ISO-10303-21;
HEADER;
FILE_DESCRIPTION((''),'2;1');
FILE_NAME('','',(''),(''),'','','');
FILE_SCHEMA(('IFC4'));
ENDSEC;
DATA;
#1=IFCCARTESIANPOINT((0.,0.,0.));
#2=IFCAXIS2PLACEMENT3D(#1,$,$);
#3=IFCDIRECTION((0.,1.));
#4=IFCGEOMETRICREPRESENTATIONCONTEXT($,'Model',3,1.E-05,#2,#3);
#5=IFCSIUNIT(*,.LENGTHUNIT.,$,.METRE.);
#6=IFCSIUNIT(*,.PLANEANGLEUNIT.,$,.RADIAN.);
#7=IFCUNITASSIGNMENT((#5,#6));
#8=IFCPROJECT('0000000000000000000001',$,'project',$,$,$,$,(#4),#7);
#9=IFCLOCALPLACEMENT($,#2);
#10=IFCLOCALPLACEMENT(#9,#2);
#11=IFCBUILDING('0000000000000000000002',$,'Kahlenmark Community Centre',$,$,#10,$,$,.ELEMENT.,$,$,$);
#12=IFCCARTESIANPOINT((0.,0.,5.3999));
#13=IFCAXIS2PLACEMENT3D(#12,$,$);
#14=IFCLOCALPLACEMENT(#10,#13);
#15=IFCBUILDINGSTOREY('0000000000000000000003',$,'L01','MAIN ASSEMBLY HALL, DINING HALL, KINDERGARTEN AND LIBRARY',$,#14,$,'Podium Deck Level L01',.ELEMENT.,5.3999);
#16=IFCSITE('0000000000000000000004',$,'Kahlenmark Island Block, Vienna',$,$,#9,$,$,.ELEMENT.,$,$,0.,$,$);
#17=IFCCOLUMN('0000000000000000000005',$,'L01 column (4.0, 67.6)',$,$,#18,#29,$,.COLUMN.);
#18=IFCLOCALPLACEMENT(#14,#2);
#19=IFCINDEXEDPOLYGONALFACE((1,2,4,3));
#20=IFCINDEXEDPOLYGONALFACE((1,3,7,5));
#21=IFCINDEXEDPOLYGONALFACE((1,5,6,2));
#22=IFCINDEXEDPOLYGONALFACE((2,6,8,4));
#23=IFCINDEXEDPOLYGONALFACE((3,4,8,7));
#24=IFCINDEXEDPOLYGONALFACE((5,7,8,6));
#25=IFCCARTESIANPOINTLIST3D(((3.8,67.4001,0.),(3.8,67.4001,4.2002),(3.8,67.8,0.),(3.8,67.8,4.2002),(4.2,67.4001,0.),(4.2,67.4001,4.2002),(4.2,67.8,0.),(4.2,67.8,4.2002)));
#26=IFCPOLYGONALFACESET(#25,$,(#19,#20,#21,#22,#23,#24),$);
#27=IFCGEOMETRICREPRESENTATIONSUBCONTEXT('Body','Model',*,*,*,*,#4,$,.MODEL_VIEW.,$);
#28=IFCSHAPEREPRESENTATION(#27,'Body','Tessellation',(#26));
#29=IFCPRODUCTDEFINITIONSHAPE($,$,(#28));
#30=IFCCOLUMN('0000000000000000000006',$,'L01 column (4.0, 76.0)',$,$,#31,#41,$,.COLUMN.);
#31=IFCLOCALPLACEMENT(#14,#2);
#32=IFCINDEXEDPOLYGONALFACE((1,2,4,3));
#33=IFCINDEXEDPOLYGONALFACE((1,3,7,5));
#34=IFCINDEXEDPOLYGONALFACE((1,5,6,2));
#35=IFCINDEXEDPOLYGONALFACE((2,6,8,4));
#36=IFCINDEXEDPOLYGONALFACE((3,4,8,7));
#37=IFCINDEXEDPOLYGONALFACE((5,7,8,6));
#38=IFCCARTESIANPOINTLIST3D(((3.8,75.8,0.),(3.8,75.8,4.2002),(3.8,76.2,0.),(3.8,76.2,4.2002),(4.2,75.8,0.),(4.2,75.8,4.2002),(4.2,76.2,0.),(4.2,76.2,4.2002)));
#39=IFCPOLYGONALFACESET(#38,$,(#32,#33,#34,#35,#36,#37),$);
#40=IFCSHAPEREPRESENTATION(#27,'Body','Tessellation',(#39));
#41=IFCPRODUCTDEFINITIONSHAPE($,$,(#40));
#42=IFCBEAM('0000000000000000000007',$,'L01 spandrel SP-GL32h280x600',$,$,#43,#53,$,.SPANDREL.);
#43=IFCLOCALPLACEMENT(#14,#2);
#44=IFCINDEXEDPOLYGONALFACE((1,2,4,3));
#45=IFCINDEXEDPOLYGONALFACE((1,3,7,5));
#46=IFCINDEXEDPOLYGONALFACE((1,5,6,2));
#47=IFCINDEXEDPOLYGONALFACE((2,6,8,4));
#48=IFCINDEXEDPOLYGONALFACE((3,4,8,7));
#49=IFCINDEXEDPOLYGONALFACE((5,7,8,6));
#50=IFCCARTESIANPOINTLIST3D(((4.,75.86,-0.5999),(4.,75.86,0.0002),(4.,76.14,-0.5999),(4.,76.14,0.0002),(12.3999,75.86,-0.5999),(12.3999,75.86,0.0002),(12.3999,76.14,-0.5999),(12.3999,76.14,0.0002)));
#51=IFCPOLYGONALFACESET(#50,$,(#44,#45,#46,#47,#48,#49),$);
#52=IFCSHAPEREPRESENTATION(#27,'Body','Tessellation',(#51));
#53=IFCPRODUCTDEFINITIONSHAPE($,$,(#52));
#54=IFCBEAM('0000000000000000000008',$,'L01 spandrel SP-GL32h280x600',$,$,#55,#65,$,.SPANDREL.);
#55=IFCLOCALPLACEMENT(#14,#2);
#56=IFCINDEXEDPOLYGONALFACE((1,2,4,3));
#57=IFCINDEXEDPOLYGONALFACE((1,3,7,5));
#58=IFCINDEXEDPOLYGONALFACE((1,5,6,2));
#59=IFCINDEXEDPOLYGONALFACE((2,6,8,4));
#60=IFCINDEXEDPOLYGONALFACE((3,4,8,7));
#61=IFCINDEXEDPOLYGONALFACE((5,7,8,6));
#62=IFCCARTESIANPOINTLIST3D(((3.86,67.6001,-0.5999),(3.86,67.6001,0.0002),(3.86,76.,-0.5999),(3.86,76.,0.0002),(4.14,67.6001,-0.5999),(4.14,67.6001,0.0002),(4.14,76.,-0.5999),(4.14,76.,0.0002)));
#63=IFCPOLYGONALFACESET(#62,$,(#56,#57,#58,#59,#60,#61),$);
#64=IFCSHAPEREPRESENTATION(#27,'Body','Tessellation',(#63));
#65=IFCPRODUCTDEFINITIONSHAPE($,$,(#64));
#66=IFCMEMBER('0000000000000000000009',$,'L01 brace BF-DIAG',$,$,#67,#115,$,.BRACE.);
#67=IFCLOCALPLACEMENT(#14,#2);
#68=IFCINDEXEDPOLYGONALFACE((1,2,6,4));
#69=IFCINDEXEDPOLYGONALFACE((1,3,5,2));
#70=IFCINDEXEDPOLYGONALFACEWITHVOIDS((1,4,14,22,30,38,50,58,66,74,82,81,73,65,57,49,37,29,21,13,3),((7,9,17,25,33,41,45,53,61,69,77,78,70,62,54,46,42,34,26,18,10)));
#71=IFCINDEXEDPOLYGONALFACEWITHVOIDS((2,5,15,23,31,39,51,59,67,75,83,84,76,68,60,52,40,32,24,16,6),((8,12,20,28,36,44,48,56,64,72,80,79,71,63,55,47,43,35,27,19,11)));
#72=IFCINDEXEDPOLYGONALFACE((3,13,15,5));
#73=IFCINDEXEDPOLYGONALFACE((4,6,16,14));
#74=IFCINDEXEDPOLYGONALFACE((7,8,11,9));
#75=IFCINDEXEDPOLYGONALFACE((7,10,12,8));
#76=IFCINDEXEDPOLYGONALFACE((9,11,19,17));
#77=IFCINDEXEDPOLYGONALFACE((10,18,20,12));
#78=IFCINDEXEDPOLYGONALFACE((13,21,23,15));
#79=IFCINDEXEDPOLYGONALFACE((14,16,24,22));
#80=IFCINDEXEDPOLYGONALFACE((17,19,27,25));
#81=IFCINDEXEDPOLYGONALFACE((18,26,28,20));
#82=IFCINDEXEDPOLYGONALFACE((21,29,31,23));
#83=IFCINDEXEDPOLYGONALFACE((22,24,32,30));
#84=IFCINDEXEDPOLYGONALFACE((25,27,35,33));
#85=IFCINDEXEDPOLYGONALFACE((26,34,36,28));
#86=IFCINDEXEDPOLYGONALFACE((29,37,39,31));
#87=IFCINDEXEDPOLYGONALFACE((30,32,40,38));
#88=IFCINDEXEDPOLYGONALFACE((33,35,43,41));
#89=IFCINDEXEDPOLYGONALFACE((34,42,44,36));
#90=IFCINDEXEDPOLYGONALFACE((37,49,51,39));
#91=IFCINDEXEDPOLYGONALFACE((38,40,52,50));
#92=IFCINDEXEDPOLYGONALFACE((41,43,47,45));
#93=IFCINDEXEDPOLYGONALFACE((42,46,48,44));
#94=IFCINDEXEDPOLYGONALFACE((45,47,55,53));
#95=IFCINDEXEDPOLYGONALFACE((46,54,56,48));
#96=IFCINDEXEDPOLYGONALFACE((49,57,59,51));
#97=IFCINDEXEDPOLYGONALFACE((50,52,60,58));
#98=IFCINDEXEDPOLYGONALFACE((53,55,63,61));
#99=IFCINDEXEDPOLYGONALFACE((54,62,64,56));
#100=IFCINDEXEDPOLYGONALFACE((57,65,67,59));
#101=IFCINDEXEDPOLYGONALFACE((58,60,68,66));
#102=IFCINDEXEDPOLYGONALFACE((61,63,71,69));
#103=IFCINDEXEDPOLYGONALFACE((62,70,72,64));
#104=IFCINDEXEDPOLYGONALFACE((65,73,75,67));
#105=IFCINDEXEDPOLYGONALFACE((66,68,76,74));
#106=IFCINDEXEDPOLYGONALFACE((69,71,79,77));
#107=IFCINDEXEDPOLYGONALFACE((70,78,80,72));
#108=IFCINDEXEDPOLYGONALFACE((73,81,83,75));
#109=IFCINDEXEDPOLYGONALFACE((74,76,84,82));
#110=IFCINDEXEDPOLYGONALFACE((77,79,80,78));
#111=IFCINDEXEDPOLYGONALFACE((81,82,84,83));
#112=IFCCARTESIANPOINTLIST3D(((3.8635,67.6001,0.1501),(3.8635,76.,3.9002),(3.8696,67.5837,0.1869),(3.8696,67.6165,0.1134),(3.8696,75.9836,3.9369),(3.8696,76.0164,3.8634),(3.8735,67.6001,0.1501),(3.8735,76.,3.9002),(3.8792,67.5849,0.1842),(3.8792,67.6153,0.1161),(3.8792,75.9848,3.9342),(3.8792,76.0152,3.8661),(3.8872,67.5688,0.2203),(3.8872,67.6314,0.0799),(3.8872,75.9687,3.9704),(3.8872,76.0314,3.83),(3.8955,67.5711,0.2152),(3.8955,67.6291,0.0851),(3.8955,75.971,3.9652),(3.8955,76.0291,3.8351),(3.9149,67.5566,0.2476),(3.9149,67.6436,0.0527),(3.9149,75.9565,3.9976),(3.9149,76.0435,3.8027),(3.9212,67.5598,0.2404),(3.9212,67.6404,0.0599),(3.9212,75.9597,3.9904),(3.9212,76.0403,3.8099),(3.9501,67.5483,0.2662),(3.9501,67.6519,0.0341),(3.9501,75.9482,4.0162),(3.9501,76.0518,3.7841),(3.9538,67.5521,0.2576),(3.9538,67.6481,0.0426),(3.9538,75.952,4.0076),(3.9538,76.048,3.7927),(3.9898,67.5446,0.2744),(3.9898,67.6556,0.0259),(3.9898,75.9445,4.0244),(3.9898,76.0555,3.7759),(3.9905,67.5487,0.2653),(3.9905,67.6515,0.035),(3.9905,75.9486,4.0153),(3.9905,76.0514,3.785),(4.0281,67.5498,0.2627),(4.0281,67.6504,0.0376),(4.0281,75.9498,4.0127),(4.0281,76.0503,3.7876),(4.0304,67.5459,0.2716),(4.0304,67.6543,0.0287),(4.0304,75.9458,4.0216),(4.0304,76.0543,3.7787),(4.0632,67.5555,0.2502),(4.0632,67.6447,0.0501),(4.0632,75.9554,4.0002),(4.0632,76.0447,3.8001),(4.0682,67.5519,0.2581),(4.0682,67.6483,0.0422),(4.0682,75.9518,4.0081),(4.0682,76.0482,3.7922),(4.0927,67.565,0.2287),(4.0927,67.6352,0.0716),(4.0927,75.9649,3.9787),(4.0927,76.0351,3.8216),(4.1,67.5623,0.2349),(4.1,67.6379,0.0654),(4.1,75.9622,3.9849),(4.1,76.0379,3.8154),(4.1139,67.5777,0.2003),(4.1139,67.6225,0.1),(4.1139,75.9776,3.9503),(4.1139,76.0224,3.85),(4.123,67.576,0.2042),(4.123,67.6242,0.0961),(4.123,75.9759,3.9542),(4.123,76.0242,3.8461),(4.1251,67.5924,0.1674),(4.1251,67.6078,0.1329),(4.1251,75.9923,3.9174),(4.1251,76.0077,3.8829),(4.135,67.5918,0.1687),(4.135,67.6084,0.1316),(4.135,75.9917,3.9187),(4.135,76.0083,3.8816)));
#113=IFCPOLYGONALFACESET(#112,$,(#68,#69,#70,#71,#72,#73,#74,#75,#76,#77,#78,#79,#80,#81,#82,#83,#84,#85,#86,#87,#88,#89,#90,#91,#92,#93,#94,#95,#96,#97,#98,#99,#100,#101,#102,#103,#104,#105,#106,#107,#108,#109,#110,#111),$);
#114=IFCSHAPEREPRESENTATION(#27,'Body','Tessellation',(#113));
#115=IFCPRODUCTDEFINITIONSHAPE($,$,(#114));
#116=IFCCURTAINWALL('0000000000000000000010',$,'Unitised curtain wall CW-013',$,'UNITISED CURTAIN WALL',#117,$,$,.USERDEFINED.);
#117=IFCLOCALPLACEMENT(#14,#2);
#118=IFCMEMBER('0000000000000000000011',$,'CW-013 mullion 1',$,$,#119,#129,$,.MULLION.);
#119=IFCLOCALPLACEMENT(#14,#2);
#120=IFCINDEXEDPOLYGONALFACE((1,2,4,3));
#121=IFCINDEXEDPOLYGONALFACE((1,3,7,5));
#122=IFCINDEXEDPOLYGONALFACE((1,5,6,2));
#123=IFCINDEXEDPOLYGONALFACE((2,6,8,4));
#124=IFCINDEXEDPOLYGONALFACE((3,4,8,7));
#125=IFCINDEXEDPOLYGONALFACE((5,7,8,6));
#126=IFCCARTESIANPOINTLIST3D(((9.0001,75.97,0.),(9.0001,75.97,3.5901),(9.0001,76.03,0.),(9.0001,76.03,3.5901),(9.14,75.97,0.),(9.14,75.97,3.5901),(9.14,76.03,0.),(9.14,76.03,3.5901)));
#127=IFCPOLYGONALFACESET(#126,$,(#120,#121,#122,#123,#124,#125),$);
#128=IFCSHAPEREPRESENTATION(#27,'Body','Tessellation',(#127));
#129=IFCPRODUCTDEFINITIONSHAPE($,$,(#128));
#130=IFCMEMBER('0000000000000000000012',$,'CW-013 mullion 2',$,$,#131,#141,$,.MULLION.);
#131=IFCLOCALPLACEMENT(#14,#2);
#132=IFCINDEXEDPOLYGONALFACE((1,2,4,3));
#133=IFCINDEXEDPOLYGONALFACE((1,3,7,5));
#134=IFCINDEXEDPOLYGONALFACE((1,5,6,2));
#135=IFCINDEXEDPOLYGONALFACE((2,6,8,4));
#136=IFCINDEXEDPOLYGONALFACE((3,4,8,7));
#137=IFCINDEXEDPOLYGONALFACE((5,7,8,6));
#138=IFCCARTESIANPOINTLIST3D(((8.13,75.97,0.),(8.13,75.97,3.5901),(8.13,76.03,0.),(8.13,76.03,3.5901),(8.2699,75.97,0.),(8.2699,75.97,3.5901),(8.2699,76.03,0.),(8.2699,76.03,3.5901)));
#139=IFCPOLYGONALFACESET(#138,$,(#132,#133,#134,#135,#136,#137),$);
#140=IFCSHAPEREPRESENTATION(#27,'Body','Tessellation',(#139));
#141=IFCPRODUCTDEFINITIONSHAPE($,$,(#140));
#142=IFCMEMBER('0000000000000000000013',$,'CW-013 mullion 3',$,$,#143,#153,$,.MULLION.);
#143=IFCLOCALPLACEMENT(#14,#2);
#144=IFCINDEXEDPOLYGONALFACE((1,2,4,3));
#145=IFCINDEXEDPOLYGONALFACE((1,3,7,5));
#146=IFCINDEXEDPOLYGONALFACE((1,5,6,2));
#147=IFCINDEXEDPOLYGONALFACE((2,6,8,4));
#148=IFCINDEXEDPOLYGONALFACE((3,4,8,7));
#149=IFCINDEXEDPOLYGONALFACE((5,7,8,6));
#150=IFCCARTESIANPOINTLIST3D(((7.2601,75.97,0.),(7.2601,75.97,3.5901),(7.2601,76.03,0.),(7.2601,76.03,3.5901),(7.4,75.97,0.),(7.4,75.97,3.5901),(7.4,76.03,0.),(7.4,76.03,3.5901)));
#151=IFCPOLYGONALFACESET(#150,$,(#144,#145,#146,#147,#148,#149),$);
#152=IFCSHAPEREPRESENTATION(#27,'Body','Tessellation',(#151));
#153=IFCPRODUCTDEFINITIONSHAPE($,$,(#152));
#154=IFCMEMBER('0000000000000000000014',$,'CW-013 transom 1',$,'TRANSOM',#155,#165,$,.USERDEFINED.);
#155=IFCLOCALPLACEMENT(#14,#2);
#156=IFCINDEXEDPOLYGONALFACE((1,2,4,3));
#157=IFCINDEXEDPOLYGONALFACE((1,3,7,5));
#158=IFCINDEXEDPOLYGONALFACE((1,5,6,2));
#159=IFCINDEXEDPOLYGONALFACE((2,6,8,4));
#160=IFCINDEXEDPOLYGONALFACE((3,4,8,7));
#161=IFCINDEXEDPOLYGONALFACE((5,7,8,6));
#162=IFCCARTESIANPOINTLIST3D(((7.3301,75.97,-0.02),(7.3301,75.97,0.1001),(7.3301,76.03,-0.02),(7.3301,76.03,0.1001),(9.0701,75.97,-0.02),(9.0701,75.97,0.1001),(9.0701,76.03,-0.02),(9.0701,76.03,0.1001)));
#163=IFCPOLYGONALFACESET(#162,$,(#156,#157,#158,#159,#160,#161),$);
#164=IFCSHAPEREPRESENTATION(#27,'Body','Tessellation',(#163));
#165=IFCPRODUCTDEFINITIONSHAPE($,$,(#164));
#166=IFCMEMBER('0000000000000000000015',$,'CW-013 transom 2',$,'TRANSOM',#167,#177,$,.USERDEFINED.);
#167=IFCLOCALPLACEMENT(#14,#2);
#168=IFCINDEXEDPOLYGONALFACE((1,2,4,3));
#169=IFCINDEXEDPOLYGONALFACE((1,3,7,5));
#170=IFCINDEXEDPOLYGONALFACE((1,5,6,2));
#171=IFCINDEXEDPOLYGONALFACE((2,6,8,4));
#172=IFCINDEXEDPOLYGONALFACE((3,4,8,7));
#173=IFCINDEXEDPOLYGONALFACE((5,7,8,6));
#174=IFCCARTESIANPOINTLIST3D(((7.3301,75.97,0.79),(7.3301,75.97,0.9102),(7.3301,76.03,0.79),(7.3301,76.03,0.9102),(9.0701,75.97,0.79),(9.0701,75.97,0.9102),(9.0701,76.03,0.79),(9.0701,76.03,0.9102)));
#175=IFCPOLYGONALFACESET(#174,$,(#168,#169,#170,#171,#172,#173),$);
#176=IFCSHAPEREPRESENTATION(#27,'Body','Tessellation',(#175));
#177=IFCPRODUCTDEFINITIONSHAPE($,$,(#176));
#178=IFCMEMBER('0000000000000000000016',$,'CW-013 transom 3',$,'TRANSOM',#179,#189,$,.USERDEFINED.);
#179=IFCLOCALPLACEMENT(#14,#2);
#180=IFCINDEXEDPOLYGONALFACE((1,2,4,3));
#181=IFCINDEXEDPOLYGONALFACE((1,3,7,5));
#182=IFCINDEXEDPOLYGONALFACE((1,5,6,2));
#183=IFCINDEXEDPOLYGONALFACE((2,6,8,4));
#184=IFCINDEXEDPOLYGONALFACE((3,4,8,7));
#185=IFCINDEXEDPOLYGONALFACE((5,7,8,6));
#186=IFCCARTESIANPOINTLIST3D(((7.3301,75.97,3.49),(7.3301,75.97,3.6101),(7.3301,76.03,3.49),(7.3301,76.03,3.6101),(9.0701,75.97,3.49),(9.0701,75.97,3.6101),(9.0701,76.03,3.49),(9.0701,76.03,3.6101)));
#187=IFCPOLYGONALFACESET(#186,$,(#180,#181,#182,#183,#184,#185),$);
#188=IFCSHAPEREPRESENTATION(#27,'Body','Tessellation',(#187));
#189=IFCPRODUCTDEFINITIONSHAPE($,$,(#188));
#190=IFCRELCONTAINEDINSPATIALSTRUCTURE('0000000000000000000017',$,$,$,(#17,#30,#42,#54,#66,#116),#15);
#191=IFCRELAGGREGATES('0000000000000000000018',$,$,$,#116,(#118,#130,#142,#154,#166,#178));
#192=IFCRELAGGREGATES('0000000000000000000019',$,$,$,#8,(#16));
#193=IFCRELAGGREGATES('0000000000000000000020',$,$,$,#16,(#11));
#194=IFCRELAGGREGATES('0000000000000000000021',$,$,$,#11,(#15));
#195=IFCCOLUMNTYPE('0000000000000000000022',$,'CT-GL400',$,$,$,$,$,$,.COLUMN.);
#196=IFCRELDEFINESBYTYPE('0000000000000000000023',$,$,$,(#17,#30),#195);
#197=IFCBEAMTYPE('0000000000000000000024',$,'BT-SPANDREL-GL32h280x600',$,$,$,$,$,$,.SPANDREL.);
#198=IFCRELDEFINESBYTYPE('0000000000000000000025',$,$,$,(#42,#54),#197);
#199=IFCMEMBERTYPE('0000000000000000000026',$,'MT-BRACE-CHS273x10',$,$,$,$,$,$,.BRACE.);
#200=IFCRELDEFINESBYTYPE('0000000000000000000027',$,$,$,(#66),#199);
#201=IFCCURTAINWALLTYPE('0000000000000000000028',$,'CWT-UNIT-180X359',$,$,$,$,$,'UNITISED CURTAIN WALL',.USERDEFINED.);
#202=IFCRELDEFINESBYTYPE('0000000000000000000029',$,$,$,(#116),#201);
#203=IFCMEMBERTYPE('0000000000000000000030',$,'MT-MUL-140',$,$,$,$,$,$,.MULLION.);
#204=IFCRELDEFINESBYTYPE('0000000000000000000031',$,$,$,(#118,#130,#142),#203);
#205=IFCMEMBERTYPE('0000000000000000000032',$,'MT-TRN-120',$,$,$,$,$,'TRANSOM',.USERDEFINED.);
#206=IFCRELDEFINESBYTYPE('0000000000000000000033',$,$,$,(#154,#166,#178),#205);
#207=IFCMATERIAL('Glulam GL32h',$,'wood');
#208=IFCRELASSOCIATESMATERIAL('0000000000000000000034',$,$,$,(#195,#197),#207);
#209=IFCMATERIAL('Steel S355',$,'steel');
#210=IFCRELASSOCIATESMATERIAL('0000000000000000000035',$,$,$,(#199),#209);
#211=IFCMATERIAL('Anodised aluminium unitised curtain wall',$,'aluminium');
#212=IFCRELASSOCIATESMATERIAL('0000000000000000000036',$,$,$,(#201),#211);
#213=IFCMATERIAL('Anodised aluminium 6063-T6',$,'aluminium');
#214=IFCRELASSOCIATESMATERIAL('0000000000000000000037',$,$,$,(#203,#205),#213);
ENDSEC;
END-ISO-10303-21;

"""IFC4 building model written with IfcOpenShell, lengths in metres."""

from ifc_helpers import new_model, si_unit, direction, frame, origin, origin_2d, place, context, subcontext, project, spatial, rectangle, hollow_circle, extrude, material, material_profile, profile_set, type_object, element, aggregate, save


model = new_model("IFC4")

# Units and contexts
model_context = context("Model", 3, precision=1e-05, world=origin(), true_north=direction((0.0, 1.0)))
body_context = subcontext(model_context, "Body", "Model", "MODEL_VIEW")
ifc_project = project(units=[si_unit("LENGTHUNIT", "METRE"), si_unit("PLANEANGLEUNIT", "RADIAN")], contexts=[model_context])

# Site, building, storey
site_placement = place(None, origin())
site = spatial("IfcSite", under=ifc_project, at=site_placement, Name="Kahlenmark Island Block, Vienna", CompositionType="ELEMENT", RefElevation=0.0)
building_placement = place(site_placement, origin())
building = spatial("IfcBuilding", under=site, at=building_placement, Name="Kahlenmark Community Centre", CompositionType="ELEMENT")
storey_placement = place(building_placement, frame((0.0, 0.0, 5.3999)))
storey = spatial("IfcBuildingStorey", under=building, at=storey_placement, Name="L01", Description="MAIN ASSEMBLY HALL, DINING HALL, KINDERGARTEN AND LIBRARY", LongName="Podium Deck Level L01", CompositionType="ELEMENT", Elevation=5.3999)

# Columns
ifc_material_1 = material(Name="Glulam GL32h", Category="wood")
ifc_material_profile_1 = material_profile(ifc_material_1, rectangle(XDim=0.3999, YDim=0.3999, at=origin_2d()), Name="GL32h 400x400")
ifc_profile_set_1 = profile_set([ifc_material_profile_1], Name="Glulam GL32h")
column_type = type_object("IfcColumnType", Name="CT-GL400", PredefinedType="COLUMN", material=ifc_profile_set_1)
for number, where, z_axis, x_axis, name in (
    (1, (4.0, 67.6001, 0.0), (0.0, 0.0, 1.0), (1.0, 0.0, 0.0), "L01 column (4.0, 67.6)"),
    (2, (4.0, 76.0, 0.0), (0.0, 0.0, 1.0), (1.0, 0.0, 0.0), "L01 column (4.0, 76.0)"),
):
    element("IfcColumn", number, at=place(storey_placement, frame(where, z_axis=z_axis, x_axis=x_axis)), inside=storey, type_object=column_type, Name=name, PredefinedType="COLUMN", context=body_context, shape_type="SweptSolid", body=[
        extrude(rectangle(XDim=0.3999, YDim=0.3999, at=origin_2d()), origin(), (0.0, 0.0, 1.0), 4.2002),
    ])

# Beams
ifc_material_profile_2 = material_profile(ifc_material_1, rectangle(XDim=0.28, YDim=0.6001, at=origin_2d()), Name="GL32h 280x600")
ifc_profile_set_2 = profile_set([ifc_material_profile_2], Name="Glulam GL32h")
beam_type = type_object("IfcBeamType", Name="BT-SPANDREL-GL32h280x600", PredefinedType="SPANDREL", material=ifc_profile_set_2)
for number, where, z_axis, x_axis, name in (
    (3, (4.0, 76.0, -0.2998), (1.0, 0.0, 0.0), (0.0, 1.0, 0.0), "L01 spandrel SP-GL32h280x600"),
    (4, (4.0, 67.6001, -0.2998), (0.0, 1.0, 0.0), (-1.0, 0.0, 0.0), "L01 spandrel SP-GL32h280x600"),
):
    element("IfcBeam", number, at=place(storey_placement, frame(where, z_axis=z_axis, x_axis=x_axis)), inside=storey, type_object=beam_type, Name=name, PredefinedType="SPANDREL", context=body_context, shape_type="SweptSolid", body=[
        extrude(rectangle(XDim=0.28, YDim=0.6001, at=origin_2d()), origin(), (0.0, 0.0, 1.0), 8.3999),
    ])

# Member
ifc_material_2 = material(Name="Steel S355", Category="steel")
ifc_material_profile_3 = material_profile(ifc_material_2, hollow_circle(Radius=0.1365, WallThickness=0.01, at=origin_2d()), Name="CHS 273x10")
ifc_profile_set_3 = profile_set([ifc_material_profile_3], Name="Steel S355")
member_type_1 = type_object("IfcMemberType", Name="MT-BRACE-CHS273x10", PredefinedType="BRACE", material=ifc_profile_set_3)
member_1_placement = place(storey_placement, frame((4.0, 67.6001, 0.1501), z_axis=(0.0, 0.913136, 0.407655), x_axis=(-1.0, 0.0, 0.0)))
element("IfcMember", 5, at=member_1_placement, inside=storey, type_object=member_type_1, Name="L01 brace BF-DIAG", PredefinedType="BRACE", context=body_context, shape_type="SweptSolid", body=[
    extrude(hollow_circle(Radius=0.1365, WallThickness=0.01, at=origin_2d()), origin(), (0.0, 0.0, 1.0), 9.199),
])

# Curtain wall, members
ifc_material_3 = material(Name="Anodised aluminium unitised curtain wall", Category="aluminium")
curtain_wall_type = type_object("IfcCurtainWallType", Name="CWT-UNIT-180X359", ElementType="UNITISED CURTAIN WALL", PredefinedType="USERDEFINED", material=ifc_material_3)
curtain_wall_placement = place(storey_placement, origin())
curtain_wall = element("IfcCurtainWall", 6, at=curtain_wall_placement, inside=storey, type_object=curtain_wall_type, Name="Unitised curtain wall CW-013", ObjectType="UNITISED CURTAIN WALL", PredefinedType="USERDEFINED")
ifc_material_4 = material(Name="Anodised aluminium 6063-T6", Category="aluminium")
ifc_material_profile_4 = material_profile(ifc_material_4, rectangle(XDim=0.0601, YDim=0.1399, at=origin_2d()), Name="ALU MULLION 60x140")
ifc_profile_set_4 = profile_set([ifc_material_profile_4], Name="Anodised aluminium 6063-T6")
member_type_2 = type_object("IfcMemberType", Name="MT-MUL-140", PredefinedType="MULLION", material=ifc_profile_set_4)
member_2_placement = place(storey_placement, frame((9.0701, 76.0, 0.0), z_axis=(0.0, 0.0, 1.0), x_axis=(0.0, -1.0, 0.0)))
member_2 = element("IfcMember", 7, at=member_2_placement, type_object=member_type_2, Name="CW-013 mullion 1", PredefinedType="MULLION", context=body_context, shape_type="SweptSolid", body=[
    extrude(rectangle(XDim=0.0601, YDim=0.1399, at=origin_2d()), origin(), (0.0, 0.0, 1.0), 3.5901),
])
member_3_placement = place(storey_placement, frame((8.2, 76.0, 0.0), z_axis=(0.0, 0.0, 1.0), x_axis=(0.0, -1.0, 0.0)))
member_3 = element("IfcMember", 8, at=member_3_placement, type_object=member_type_2, Name="CW-013 mullion 2", PredefinedType="MULLION", context=body_context, shape_type="SweptSolid", body=[
    extrude(rectangle(XDim=0.0601, YDim=0.1399, at=origin_2d()), origin(), (0.0, 0.0, 1.0), 3.5901),
])
member_4_placement = place(storey_placement, frame((7.3301, 76.0, 0.0), z_axis=(0.0, 0.0, 1.0), x_axis=(0.0, -1.0, 0.0)))
member_4 = element("IfcMember", 9, at=member_4_placement, type_object=member_type_2, Name="CW-013 mullion 3", PredefinedType="MULLION", context=body_context, shape_type="SweptSolid", body=[
    extrude(rectangle(XDim=0.0601, YDim=0.1399, at=origin_2d()), origin(), (0.0, 0.0, 1.0), 3.5901),
])
ifc_material_profile_5 = material_profile(ifc_material_4, rectangle(XDim=0.0601, YDim=0.1201, at=origin_2d()), Name="ALU TRANSOM 60x120")
ifc_profile_set_5 = profile_set([ifc_material_profile_5], Name="Anodised aluminium 6063-T6")
member_type_3 = type_object("IfcMemberType", Name="MT-TRN-120", ElementType="TRANSOM", PredefinedType="USERDEFINED", material=ifc_profile_set_5)
member_5_placement = place(storey_placement, frame((9.0701, 76.0, 0.04), z_axis=(-1.0, 0.0, 0.0), x_axis=(0.0, -1.0, 0.0)))
member_5 = element("IfcMember", 10, at=member_5_placement, type_object=member_type_3, Name="CW-013 transom 1", ObjectType="TRANSOM", PredefinedType="USERDEFINED", context=body_context, shape_type="SweptSolid", body=[
    extrude(rectangle(XDim=0.0601, YDim=0.1201, at=origin_2d()), origin(), (0.0, 0.0, 1.0), 1.74),
])
member_6_placement = place(storey_placement, frame((9.0701, 76.0, 0.8501), z_axis=(-1.0, 0.0, 0.0), x_axis=(0.0, -1.0, 0.0)))
member_6 = element("IfcMember", 11, at=member_6_placement, type_object=member_type_3, Name="CW-013 transom 2", ObjectType="TRANSOM", PredefinedType="USERDEFINED", context=body_context, shape_type="SweptSolid", body=[
    extrude(rectangle(XDim=0.0601, YDim=0.1201, at=origin_2d()), origin(), (0.0, 0.0, 1.0), 1.74),
])
member_7_placement = place(storey_placement, frame((9.0701, 76.0, 3.55), z_axis=(-1.0, 0.0, 0.0), x_axis=(0.0, -1.0, 0.0)))
member_7 = element("IfcMember", 12, at=member_7_placement, type_object=member_type_3, Name="CW-013 transom 3", ObjectType="TRANSOM", PredefinedType="USERDEFINED", context=body_context, shape_type="SweptSolid", body=[
    extrude(rectangle(XDim=0.0601, YDim=0.1201, at=origin_2d()), origin(), (0.0, 0.0, 1.0), 1.74),
])
aggregate(curtain_wall, [member_2, member_3, member_4, member_5, member_6, member_7])

save(model, "model.ifc")
